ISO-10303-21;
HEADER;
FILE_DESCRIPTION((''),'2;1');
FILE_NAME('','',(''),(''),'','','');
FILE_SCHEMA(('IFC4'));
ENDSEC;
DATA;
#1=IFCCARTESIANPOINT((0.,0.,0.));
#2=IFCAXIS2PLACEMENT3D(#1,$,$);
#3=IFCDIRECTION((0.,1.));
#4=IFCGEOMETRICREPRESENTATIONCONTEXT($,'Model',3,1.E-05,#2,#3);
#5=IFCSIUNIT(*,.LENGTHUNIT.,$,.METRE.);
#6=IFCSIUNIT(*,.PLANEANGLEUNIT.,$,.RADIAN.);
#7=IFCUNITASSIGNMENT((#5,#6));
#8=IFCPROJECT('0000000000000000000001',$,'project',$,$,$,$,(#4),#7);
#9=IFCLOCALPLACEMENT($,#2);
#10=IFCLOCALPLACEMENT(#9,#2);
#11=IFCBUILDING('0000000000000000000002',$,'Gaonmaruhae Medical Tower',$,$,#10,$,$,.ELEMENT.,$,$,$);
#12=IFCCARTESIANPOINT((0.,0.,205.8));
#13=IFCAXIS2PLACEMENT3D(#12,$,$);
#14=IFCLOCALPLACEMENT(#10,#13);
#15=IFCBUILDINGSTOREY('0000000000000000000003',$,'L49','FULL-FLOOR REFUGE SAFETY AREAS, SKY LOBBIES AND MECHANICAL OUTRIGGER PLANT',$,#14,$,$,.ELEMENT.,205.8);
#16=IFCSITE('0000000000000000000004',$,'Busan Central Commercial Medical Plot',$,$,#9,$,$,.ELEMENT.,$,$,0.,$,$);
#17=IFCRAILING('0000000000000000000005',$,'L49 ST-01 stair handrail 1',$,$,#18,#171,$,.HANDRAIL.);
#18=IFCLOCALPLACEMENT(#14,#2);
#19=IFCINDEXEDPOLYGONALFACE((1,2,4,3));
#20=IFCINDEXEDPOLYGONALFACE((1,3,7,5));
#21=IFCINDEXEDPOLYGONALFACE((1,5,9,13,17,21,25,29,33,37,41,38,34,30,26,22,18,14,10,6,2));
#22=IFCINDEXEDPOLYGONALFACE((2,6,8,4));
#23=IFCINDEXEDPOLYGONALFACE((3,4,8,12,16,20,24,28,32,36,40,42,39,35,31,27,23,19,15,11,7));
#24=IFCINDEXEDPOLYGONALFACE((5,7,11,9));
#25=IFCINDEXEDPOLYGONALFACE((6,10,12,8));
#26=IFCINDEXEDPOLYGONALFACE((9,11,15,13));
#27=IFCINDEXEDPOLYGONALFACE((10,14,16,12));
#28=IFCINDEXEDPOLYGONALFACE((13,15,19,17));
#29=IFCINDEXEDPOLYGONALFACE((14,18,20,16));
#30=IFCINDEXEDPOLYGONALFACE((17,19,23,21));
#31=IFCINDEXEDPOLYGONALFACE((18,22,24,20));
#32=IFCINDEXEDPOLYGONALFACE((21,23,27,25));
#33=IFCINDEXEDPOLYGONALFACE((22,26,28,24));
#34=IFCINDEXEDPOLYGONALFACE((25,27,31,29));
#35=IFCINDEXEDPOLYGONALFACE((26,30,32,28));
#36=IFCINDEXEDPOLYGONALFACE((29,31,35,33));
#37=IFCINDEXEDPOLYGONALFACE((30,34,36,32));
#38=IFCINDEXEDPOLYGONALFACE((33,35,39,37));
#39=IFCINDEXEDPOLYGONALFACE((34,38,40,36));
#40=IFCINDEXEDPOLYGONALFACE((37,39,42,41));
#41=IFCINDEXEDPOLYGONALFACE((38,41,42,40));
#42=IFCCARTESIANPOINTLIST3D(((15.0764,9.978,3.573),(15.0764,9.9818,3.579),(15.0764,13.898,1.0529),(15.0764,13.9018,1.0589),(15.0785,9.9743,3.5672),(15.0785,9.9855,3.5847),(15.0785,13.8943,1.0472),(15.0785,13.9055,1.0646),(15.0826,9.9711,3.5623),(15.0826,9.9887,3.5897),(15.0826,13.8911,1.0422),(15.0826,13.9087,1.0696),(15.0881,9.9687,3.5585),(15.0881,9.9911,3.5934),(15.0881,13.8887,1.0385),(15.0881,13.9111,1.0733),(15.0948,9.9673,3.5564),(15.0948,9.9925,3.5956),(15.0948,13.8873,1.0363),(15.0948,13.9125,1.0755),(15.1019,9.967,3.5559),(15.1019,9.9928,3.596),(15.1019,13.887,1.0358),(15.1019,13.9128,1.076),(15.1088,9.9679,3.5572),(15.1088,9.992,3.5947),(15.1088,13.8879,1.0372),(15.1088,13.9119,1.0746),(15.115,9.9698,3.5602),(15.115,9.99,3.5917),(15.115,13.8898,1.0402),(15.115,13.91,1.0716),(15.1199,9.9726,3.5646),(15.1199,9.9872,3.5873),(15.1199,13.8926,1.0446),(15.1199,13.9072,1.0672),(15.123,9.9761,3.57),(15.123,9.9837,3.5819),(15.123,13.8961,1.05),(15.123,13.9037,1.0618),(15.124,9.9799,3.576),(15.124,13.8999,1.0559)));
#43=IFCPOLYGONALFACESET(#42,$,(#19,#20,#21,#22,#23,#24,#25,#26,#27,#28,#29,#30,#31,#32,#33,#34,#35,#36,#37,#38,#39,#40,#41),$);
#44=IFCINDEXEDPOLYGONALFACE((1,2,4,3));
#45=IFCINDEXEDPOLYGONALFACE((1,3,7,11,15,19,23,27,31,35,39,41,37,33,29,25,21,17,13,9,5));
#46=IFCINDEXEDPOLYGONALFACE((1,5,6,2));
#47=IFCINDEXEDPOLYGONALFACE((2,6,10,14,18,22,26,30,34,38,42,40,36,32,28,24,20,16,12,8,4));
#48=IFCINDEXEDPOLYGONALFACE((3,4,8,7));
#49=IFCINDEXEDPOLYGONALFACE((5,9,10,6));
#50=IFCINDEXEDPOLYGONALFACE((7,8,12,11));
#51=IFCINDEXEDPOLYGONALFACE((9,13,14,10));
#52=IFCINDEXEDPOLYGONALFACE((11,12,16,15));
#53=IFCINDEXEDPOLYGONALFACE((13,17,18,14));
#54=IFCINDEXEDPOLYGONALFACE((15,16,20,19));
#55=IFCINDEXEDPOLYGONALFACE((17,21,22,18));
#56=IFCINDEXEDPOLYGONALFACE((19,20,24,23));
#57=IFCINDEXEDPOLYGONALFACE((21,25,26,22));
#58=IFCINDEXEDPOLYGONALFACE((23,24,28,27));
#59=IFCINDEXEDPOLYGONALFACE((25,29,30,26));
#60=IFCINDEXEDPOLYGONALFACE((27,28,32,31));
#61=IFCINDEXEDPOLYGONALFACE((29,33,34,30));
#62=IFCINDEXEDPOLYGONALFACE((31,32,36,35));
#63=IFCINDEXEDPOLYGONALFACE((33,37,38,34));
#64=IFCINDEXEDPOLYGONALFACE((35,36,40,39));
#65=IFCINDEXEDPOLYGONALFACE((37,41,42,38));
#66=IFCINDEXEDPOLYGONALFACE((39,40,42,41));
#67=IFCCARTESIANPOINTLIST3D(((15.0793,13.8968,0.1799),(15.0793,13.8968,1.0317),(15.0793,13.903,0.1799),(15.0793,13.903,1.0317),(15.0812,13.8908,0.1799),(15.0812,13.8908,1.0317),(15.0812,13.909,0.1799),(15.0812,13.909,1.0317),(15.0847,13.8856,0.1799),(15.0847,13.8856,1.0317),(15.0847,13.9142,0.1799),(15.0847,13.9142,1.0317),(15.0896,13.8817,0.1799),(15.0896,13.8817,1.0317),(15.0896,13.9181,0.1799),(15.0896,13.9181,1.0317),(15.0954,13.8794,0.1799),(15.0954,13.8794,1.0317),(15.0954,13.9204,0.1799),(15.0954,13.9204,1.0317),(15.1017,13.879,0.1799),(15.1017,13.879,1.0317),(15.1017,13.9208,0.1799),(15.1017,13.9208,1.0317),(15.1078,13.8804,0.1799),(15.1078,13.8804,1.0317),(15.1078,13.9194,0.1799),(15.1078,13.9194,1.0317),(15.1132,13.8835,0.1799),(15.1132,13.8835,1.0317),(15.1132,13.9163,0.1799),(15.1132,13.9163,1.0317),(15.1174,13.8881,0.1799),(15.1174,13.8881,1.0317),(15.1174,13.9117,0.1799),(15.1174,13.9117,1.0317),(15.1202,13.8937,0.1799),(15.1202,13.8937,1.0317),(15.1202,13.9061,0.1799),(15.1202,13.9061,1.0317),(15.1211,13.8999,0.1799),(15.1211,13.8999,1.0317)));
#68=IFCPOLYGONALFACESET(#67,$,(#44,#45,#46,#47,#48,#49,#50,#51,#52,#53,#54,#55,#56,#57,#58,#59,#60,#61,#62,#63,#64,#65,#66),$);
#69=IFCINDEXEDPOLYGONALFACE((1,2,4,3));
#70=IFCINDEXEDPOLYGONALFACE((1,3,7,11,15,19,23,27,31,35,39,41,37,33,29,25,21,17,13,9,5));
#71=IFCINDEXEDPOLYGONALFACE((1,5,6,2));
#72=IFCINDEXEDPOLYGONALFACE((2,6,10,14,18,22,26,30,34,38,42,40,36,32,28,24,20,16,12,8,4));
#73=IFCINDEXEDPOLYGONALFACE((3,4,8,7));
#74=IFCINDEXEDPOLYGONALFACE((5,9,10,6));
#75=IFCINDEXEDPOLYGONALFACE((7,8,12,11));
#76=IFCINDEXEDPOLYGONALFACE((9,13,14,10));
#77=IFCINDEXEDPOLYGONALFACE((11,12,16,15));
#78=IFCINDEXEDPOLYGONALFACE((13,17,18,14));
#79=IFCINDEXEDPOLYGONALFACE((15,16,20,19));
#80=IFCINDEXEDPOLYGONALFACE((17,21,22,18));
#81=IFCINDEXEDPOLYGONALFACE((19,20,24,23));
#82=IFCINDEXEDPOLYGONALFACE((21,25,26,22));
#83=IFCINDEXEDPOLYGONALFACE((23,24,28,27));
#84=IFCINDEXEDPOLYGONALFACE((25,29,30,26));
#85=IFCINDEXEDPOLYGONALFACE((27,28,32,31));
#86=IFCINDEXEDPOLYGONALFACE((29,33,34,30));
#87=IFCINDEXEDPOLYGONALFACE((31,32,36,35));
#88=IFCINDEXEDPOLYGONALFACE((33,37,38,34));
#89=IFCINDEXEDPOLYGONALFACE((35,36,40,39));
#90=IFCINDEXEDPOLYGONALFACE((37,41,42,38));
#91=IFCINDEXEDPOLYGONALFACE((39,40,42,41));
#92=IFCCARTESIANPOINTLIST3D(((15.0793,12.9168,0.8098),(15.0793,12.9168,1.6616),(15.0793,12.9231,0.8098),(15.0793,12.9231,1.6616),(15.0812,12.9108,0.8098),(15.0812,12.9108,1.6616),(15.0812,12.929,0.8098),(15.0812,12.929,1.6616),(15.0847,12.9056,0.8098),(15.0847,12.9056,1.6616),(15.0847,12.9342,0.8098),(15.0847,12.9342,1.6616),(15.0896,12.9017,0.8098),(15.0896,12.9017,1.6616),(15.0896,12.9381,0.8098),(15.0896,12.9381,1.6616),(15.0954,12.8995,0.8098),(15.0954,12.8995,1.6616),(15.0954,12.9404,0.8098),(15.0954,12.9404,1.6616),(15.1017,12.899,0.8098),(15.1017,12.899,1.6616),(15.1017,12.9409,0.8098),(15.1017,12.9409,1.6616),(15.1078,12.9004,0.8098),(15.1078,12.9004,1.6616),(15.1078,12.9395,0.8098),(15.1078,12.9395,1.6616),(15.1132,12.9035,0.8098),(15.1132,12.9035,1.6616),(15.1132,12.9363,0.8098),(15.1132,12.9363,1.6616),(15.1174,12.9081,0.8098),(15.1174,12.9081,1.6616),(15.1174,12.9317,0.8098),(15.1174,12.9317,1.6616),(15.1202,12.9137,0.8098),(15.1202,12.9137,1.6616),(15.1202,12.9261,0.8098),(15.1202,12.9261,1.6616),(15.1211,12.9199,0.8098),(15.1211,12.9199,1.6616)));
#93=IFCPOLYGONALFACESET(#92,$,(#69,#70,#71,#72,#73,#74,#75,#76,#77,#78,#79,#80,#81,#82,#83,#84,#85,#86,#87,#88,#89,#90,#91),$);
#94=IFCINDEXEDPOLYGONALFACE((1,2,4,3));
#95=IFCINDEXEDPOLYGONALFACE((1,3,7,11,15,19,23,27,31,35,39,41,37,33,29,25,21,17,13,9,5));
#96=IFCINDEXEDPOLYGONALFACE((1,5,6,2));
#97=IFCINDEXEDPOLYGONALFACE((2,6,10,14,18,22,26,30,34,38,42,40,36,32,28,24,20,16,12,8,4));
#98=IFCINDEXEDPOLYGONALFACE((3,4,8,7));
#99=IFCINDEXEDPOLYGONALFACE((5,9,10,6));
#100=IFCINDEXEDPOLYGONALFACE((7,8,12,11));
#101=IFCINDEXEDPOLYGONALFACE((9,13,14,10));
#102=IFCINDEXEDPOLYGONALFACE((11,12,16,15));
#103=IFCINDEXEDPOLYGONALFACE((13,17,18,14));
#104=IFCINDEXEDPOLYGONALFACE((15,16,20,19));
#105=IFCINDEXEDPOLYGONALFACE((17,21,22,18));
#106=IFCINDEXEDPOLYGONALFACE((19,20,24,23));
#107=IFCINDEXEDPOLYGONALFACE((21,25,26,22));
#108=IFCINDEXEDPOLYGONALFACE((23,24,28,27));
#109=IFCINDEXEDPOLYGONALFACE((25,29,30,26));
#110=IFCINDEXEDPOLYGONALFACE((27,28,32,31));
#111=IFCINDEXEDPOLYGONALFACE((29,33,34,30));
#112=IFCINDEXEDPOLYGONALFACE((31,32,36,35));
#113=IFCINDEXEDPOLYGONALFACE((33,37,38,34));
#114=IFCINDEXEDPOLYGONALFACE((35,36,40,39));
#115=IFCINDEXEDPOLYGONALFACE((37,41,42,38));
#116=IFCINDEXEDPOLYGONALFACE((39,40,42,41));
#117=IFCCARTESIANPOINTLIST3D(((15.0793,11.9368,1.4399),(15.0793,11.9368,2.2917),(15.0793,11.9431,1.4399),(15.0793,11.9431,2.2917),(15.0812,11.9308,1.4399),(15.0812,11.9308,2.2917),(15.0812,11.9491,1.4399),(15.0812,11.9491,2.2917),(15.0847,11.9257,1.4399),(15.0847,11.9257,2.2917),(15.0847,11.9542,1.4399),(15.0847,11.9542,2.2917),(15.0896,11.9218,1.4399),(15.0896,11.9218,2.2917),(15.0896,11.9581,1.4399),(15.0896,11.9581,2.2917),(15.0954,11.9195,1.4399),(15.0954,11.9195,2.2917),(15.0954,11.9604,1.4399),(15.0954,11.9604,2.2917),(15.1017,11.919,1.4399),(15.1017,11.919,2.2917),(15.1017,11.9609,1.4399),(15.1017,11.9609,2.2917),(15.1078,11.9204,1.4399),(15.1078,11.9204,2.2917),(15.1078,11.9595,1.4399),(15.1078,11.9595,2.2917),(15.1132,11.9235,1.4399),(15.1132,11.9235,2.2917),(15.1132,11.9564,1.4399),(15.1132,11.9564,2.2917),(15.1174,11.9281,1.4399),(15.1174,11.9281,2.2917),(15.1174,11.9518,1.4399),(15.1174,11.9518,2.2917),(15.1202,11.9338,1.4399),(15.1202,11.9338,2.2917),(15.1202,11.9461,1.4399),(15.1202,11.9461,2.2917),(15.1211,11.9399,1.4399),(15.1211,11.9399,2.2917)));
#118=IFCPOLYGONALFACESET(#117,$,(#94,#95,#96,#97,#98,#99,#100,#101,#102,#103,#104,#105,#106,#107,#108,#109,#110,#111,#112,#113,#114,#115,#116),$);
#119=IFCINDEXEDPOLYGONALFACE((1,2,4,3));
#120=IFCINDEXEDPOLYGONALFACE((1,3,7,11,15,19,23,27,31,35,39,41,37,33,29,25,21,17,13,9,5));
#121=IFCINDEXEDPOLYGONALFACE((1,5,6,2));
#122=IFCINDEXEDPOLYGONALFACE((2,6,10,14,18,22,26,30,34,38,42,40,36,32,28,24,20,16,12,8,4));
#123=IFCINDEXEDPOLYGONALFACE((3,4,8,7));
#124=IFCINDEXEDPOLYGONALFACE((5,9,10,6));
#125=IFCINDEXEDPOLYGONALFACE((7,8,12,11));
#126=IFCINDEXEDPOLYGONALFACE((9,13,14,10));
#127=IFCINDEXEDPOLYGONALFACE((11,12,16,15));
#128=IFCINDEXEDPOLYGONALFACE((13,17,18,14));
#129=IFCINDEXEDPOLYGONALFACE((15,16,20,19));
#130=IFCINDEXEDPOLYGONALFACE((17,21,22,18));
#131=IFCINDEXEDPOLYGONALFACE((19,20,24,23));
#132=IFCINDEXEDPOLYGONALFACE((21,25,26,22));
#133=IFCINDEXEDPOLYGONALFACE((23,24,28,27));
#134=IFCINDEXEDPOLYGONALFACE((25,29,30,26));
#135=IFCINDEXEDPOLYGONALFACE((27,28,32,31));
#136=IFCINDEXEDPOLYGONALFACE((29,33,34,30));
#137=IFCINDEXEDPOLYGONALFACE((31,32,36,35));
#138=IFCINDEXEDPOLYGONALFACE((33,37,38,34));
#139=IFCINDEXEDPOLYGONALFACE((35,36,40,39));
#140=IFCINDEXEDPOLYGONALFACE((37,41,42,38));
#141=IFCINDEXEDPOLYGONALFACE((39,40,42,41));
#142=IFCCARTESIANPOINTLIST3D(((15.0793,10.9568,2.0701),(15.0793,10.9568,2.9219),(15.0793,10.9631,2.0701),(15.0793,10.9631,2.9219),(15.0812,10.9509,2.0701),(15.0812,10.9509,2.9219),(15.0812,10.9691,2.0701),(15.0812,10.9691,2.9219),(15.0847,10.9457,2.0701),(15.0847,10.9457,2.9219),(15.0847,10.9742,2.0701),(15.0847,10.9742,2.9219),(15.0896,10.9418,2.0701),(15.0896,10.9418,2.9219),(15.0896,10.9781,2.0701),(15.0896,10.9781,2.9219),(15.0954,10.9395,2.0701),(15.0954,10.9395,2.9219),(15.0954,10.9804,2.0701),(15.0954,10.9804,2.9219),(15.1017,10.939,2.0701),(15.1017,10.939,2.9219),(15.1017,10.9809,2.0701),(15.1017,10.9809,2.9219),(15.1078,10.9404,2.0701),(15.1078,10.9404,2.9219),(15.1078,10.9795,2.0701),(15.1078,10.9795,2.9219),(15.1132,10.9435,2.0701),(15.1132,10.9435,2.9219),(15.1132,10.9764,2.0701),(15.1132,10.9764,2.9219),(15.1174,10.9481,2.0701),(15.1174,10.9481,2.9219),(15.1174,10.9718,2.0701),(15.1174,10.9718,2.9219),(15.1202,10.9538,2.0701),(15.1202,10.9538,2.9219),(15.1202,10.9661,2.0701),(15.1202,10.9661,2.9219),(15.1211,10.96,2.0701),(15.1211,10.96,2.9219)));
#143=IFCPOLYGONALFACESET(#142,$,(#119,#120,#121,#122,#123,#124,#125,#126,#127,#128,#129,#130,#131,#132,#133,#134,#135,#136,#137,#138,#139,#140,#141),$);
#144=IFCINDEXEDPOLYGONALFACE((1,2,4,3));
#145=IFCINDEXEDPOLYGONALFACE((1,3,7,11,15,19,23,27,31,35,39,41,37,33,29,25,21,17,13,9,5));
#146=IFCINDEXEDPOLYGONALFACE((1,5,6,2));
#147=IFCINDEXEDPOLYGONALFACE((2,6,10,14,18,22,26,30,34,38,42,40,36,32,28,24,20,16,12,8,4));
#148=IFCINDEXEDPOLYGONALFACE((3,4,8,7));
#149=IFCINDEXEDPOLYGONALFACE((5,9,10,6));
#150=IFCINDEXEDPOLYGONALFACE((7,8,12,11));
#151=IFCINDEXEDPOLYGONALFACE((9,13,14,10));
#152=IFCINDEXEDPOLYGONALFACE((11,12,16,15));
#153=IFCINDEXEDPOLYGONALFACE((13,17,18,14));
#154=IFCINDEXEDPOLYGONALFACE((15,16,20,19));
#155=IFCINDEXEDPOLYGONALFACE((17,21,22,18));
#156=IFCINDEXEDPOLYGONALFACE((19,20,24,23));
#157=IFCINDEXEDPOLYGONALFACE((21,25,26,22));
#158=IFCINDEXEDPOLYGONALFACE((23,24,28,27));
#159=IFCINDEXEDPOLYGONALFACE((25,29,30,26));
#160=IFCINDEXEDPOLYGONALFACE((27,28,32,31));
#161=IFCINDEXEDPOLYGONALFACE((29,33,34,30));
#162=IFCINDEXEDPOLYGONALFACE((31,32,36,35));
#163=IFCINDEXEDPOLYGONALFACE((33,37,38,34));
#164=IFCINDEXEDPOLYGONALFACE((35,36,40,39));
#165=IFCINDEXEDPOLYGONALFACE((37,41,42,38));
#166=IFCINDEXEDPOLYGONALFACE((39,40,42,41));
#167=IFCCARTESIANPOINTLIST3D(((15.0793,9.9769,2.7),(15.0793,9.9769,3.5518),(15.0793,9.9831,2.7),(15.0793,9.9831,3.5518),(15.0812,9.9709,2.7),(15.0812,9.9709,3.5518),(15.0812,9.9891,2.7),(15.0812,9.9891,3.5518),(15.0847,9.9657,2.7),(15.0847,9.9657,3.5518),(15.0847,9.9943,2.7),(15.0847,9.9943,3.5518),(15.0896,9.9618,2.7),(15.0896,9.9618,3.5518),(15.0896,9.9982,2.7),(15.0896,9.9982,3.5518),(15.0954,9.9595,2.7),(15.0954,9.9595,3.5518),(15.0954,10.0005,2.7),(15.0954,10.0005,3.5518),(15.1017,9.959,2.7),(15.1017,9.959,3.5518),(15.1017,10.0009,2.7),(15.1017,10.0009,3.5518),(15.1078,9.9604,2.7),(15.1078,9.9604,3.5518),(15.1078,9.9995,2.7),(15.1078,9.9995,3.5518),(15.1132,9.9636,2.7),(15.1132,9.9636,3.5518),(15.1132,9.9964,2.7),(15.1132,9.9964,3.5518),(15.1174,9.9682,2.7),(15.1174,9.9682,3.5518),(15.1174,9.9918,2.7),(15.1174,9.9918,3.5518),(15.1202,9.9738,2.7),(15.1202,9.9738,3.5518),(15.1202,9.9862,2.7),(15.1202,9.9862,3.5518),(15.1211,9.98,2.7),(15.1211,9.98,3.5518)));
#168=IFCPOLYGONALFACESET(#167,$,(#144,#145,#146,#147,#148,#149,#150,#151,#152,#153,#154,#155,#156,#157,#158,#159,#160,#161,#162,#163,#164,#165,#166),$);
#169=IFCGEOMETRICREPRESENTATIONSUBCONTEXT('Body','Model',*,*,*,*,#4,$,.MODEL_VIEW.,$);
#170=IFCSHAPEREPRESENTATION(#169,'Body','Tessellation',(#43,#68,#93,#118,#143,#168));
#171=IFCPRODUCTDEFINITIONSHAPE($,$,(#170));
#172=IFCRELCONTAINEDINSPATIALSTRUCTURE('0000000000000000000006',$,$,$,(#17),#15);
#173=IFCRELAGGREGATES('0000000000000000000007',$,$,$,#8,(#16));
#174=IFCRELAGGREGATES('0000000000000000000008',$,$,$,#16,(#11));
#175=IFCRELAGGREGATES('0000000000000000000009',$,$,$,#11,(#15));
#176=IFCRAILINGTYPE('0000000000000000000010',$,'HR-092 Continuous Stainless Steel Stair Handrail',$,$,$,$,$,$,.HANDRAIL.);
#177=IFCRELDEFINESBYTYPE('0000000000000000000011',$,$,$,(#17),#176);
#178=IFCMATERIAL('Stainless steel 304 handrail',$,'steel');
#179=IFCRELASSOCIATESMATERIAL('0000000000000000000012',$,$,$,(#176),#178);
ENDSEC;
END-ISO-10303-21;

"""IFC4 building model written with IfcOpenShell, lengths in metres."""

from ifc_helpers import new_model, si_unit, direction, frame, origin, origin_2d, place, context, subcontext, project, spatial, circle, extrude, material, type_object, element, save


model = new_model("IFC4")

# Units and contexts
model_context = context("Model", 3, precision=1e-05, world=origin(), true_north=direction((0.0, 1.0)))
body_context = subcontext(model_context, "Body", "Model", "MODEL_VIEW")
ifc_project = project(units=[si_unit("LENGTHUNIT", "METRE"), si_unit("PLANEANGLEUNIT", "RADIAN")], contexts=[model_context])

# Site, building, storey
site_placement = place(None, origin())
site = spatial("IfcSite", under=ifc_project, at=site_placement, Name="Busan Central Commercial Medical Plot", CompositionType="ELEMENT", RefElevation=0.0)
building_placement = place(site_placement, origin())
building = spatial("IfcBuilding", under=site, at=building_placement, Name="Gaonmaruhae Medical Tower", CompositionType="ELEMENT")
storey_placement = place(building_placement, frame((0.0, 0.0, 205.8)))
storey = spatial("IfcBuildingStorey", under=building, at=storey_placement, Name="L49", Description="FULL-FLOOR REFUGE SAFETY AREAS, SKY LOBBIES AND MECHANICAL OUTRIGGER PLANT", CompositionType="ELEMENT", Elevation=205.8)

# Railing
ifc_material_1 = material(Name="Stainless steel 304 handrail", Category="steel")
railing_type_1 = type_object("IfcRailingType", Name="HR-092 Continuous Stainless Steel Stair Handrail", PredefinedType="HANDRAIL", material=ifc_material_1)
railing_1_placement = place(storey_placement, frame((15.1001, 13.8999, 0.1799)))
element("IfcRailing", 1, at=railing_1_placement, inside=storey, type_object=railing_type_1, Name="L49 ST-01 stair handrail 1", PredefinedType="HANDRAIL", context=body_context, shape_type="SweptSolid", body=[
    extrude(circle(Radius=0.0239, at=origin_2d()), frame((0.0, 0.0, 0.876), z_axis=(0.0, -0.841172, 0.540768), x_axis=(1.0, 0.0, 0.0)), (0.0, 0.0, 1.0), 4.6602),
    extrude(circle(Radius=0.021, at=origin_2d()), origin(), (0.0, 0.0, 1.0), 0.8518),
    extrude(circle(Radius=0.021, at=origin_2d()), frame((0.0, -0.98, 0.6299)), (0.0, 0.0, 1.0), 0.8518),
    extrude(circle(Radius=0.021, at=origin_2d()), frame((0.0, -1.96, 1.26)), (0.0, 0.0, 1.0), 0.8518),
    extrude(circle(Radius=0.021, at=origin_2d()), frame((0.0, -2.9399, 1.8901)), (0.0, 0.0, 1.0), 0.8518),
    extrude(circle(Radius=0.021, at=origin_2d()), frame((0.0, -3.9199, 2.52)), (0.0, 0.0, 1.0), 0.8518),
])

save(model, "model.ifc")
